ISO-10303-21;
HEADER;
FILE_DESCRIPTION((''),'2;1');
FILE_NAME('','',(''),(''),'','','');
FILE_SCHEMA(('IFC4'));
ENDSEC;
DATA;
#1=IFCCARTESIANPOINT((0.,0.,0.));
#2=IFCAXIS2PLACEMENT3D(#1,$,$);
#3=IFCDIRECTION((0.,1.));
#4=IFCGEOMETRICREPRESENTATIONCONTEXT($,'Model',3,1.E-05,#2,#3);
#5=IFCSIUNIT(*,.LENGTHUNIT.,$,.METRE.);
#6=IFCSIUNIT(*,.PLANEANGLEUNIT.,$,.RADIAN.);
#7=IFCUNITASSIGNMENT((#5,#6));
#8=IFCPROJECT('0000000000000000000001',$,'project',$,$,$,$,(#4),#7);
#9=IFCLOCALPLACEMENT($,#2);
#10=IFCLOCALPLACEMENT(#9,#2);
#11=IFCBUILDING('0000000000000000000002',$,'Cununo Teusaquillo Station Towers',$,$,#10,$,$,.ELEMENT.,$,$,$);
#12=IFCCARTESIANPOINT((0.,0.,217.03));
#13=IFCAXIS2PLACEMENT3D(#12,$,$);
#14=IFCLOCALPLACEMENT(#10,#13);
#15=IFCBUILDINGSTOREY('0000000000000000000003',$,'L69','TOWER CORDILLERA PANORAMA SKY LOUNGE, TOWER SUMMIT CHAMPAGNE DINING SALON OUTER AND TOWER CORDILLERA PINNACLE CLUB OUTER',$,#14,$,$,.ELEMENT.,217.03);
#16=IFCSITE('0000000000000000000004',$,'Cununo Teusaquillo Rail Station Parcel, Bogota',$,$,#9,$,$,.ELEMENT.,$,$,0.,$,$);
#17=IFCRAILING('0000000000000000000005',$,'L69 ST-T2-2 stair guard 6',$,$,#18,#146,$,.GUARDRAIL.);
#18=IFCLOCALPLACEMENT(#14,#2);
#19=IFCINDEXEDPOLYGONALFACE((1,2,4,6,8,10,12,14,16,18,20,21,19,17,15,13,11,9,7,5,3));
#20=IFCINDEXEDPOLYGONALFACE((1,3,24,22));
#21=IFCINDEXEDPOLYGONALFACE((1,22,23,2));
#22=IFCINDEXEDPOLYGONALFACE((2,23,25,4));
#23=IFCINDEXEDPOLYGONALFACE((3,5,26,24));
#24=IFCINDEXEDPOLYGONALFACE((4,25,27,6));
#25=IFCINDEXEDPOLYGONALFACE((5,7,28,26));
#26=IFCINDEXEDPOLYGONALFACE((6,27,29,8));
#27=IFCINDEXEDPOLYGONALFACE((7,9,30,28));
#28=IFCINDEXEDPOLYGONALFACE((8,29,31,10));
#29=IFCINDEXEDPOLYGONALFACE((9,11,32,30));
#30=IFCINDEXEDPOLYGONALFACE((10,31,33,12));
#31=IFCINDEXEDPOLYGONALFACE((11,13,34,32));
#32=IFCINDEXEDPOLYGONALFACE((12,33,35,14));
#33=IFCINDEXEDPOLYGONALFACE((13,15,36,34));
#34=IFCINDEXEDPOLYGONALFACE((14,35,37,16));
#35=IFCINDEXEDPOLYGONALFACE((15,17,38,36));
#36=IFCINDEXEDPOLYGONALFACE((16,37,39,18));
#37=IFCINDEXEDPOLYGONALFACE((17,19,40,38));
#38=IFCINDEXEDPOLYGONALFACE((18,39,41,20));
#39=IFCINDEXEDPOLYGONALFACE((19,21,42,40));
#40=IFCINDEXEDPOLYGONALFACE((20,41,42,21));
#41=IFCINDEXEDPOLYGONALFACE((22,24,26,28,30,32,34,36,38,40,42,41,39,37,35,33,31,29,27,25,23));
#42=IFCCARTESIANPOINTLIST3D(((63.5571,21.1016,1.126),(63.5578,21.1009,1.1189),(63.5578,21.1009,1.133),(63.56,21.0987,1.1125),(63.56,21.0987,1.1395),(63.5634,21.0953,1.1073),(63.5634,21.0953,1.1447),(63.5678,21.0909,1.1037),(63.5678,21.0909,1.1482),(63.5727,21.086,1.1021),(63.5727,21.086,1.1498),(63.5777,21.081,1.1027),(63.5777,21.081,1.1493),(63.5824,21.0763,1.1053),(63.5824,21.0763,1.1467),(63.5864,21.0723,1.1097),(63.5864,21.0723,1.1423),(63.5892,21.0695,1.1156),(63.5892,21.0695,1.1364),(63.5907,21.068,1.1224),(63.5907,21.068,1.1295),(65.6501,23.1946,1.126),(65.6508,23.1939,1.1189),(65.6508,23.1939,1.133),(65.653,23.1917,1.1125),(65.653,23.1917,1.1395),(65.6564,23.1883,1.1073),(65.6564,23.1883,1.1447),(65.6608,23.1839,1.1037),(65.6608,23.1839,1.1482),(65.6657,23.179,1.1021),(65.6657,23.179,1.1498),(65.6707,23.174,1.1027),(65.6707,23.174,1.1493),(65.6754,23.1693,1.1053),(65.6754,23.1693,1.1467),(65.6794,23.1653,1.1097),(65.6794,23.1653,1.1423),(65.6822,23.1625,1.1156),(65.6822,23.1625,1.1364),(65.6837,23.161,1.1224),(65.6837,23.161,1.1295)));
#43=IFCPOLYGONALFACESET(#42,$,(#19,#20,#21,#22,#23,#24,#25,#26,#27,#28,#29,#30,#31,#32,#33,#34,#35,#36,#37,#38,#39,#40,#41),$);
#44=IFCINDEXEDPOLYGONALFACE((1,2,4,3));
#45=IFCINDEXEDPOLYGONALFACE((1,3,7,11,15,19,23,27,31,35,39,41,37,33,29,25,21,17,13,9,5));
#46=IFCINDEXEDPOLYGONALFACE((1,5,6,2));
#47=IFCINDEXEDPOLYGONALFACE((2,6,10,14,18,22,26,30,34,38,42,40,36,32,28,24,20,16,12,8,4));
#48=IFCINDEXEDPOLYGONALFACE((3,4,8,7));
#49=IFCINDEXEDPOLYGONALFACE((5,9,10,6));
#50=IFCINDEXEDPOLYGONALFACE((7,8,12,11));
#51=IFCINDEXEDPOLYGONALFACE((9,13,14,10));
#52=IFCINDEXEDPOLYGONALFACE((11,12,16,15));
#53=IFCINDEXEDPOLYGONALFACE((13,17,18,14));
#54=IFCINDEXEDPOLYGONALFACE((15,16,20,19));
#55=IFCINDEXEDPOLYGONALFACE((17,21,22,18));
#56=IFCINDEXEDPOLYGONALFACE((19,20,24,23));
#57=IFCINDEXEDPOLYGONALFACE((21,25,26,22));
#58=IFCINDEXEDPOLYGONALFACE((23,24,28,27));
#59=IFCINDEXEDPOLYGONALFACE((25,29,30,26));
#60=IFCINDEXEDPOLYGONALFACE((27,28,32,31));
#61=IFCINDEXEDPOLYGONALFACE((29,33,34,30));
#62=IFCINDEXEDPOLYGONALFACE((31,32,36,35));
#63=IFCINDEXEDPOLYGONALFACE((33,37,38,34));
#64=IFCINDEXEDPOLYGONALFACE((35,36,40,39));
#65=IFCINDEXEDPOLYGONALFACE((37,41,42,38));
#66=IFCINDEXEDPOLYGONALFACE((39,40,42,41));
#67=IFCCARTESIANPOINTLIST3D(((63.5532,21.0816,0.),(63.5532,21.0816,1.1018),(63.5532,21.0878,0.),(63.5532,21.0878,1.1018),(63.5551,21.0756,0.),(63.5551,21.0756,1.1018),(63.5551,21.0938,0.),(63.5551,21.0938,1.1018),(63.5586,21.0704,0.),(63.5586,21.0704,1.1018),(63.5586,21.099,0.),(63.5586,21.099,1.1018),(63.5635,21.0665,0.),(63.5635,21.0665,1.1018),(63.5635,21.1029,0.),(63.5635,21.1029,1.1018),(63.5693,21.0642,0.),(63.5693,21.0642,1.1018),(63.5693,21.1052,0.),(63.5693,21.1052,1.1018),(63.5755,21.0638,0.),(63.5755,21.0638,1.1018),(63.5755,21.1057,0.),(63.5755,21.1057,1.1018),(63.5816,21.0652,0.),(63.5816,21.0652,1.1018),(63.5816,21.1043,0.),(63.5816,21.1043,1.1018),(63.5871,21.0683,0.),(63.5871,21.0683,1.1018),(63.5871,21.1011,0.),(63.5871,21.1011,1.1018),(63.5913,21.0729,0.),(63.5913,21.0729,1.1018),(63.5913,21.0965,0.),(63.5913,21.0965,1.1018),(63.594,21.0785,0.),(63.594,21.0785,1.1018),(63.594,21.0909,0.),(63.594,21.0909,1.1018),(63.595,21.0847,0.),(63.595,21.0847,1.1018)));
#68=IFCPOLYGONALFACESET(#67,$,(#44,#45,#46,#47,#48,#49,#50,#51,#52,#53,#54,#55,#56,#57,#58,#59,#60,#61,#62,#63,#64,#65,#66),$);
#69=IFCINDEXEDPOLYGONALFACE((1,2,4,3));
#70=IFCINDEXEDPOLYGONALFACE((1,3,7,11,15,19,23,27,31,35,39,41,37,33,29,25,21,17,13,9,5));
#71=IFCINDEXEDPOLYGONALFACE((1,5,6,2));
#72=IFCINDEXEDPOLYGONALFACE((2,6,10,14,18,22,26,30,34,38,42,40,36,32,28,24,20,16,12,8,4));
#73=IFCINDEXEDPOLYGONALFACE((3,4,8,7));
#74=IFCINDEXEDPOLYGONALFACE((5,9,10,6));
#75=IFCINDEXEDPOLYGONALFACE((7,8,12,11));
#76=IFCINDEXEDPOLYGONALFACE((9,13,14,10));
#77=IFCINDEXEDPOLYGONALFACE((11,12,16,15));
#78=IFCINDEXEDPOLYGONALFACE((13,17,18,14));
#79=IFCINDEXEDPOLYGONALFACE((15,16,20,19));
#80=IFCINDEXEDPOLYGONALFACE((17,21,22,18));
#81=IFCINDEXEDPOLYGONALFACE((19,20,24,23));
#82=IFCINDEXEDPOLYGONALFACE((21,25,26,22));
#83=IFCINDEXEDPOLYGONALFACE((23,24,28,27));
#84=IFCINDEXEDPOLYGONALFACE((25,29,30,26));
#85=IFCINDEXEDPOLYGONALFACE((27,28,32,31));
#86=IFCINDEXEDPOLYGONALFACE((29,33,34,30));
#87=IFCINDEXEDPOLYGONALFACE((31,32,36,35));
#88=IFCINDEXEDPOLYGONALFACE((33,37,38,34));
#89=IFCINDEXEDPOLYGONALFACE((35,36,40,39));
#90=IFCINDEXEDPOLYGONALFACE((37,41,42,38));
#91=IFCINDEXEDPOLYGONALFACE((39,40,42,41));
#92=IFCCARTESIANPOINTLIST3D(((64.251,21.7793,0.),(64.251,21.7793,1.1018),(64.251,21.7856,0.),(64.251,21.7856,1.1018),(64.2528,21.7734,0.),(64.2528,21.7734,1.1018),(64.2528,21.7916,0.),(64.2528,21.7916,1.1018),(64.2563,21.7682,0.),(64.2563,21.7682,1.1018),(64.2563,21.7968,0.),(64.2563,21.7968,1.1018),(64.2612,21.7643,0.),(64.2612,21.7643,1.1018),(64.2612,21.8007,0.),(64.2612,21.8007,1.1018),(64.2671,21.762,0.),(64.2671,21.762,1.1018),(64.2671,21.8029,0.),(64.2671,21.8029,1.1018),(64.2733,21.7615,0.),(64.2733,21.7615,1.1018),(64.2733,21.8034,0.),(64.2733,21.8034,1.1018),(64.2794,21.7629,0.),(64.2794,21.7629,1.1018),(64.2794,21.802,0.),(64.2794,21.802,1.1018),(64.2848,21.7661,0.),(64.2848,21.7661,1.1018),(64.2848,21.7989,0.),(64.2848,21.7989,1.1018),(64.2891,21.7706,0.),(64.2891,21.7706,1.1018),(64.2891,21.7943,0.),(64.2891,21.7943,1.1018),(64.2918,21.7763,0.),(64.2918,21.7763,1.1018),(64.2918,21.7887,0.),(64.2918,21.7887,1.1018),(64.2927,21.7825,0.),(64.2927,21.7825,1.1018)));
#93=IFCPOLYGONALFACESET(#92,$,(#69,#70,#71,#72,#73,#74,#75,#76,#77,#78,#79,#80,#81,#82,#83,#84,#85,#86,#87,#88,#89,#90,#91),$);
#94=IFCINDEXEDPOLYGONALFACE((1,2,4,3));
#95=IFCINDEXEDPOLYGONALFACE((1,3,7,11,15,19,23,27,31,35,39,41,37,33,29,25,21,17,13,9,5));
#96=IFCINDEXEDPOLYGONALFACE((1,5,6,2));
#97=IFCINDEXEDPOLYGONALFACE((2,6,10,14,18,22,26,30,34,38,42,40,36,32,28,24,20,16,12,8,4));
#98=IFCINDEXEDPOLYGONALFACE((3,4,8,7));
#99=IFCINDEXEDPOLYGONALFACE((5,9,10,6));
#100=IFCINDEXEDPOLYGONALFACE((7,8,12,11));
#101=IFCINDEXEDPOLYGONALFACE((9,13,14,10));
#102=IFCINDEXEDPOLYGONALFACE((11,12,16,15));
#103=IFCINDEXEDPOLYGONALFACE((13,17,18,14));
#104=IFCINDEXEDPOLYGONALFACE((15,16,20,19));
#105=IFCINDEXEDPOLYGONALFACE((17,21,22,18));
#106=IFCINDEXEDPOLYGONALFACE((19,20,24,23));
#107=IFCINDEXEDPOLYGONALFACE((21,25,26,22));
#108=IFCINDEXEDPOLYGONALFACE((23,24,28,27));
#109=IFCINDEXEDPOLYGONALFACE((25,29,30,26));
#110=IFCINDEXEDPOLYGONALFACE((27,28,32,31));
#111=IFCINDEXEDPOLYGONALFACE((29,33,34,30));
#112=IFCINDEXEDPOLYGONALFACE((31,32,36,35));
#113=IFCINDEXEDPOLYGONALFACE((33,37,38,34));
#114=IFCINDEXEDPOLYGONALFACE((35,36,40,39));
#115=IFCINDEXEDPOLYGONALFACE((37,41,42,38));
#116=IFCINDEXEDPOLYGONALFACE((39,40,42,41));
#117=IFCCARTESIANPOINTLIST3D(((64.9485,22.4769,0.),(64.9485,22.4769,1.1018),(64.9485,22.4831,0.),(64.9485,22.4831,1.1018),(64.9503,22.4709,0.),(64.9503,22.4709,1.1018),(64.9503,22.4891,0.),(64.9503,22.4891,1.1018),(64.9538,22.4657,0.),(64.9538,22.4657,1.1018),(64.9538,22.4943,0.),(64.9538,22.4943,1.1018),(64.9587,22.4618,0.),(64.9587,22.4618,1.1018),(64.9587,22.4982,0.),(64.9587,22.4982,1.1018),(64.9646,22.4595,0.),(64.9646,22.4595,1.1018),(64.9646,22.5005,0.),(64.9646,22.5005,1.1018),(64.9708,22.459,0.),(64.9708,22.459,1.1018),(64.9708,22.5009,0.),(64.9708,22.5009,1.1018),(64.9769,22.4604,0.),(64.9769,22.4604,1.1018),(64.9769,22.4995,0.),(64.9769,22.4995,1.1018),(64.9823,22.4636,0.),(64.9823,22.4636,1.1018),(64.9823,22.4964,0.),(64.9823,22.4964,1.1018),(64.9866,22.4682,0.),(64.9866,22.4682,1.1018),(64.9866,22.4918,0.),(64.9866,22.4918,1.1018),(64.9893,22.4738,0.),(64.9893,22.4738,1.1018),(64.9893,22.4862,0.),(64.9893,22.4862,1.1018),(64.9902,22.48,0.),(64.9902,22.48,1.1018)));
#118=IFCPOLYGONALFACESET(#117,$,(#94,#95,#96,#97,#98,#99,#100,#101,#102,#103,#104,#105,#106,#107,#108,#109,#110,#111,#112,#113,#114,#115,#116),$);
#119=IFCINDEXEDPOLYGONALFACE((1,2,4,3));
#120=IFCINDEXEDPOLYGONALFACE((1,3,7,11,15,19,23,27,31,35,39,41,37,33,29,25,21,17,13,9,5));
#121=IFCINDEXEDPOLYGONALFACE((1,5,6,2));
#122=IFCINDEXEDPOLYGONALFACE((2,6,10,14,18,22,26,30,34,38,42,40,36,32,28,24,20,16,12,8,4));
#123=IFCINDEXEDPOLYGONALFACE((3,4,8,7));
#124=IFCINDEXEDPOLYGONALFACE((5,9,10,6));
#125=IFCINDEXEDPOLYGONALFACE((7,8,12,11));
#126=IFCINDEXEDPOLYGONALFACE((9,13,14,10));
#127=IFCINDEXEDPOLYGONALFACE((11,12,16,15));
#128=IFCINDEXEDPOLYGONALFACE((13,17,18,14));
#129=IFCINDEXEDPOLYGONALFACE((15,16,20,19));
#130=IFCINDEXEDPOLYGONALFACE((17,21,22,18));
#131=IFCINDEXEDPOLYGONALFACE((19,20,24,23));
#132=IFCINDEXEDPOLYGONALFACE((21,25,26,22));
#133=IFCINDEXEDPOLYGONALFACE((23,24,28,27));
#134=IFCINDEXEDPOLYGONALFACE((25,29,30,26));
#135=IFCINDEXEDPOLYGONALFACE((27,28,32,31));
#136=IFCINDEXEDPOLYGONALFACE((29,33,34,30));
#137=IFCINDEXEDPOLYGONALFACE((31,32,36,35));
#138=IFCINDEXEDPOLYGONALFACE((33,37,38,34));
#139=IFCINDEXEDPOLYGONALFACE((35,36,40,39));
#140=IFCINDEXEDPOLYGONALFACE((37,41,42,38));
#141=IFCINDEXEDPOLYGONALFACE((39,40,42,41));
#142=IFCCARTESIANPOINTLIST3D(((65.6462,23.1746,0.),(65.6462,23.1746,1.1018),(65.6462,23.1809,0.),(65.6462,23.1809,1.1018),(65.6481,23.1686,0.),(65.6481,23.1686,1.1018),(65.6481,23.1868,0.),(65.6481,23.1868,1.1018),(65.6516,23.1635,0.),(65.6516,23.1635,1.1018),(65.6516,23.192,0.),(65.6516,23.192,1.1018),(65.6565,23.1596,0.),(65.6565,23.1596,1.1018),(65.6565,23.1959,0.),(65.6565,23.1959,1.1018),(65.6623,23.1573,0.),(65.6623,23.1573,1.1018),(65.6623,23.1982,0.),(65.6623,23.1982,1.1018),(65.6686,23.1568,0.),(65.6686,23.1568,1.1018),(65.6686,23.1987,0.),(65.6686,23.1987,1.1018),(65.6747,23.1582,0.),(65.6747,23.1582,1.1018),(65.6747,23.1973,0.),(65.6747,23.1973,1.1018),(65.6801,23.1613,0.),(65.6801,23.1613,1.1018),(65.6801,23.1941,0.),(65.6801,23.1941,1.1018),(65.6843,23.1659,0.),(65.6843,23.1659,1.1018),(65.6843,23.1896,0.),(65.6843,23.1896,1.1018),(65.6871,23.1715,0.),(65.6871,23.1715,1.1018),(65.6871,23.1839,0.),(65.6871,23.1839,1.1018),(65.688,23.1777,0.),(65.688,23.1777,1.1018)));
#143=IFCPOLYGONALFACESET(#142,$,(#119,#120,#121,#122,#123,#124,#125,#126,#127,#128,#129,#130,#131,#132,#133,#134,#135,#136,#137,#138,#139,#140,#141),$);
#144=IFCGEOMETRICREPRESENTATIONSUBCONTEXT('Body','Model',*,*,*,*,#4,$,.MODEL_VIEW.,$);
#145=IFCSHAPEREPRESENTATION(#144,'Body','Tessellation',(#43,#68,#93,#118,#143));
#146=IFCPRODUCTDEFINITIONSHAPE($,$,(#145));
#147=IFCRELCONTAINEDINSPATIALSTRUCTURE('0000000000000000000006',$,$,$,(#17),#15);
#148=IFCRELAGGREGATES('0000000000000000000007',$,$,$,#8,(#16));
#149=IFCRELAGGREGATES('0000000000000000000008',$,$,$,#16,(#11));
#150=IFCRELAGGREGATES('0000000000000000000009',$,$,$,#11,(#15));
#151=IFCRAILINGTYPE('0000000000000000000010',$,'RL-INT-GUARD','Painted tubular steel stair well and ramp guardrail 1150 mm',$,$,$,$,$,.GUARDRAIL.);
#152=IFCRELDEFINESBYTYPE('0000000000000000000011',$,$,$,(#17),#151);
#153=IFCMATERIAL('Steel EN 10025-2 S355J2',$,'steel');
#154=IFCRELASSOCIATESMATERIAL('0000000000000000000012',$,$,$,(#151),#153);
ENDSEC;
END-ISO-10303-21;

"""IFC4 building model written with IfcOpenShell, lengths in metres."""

from ifc_helpers import new_model, si_unit, direction, frame, origin, origin_2d, place, context, subcontext, project, spatial, circle, extrude, material, type_object, element, save


model = new_model("IFC4")

# Units and contexts
model_context = context("Model", 3, precision=1e-05, world=origin(), true_north=direction((0.0, 1.0)))
body_context = subcontext(model_context, "Body", "Model", "MODEL_VIEW")
ifc_project = project(units=[si_unit("LENGTHUNIT", "METRE"), si_unit("PLANEANGLEUNIT", "RADIAN")], contexts=[model_context])

# Site, building, storey
site_placement = place(None, origin())
site = spatial("IfcSite", under=ifc_project, at=site_placement, Name="Cununo Teusaquillo Rail Station Parcel, Bogota", CompositionType="ELEMENT", RefElevation=0.0)
building_placement = place(site_placement, origin())
building = spatial("IfcBuilding", under=site, at=building_placement, Name="Cununo Teusaquillo Station Towers", CompositionType="ELEMENT")
storey_placement = place(building_placement, frame((0.0, 0.0, 217.03)))
storey = spatial("IfcBuildingStorey", under=building, at=storey_placement, Name="L69", Description="TOWER CORDILLERA PANORAMA SKY LOUNGE, TOWER SUMMIT CHAMPAGNE DINING SALON OUTER AND TOWER CORDILLERA PINNACLE CLUB OUTER", CompositionType="ELEMENT", Elevation=217.03)

# Railing
ifc_material_1 = material(Name="Steel EN 10025-2 S355J2", Category="steel")
railing_type = type_object("IfcRailingType", Name="RL-INT-GUARD", Description="Painted tubular steel stair well and ramp guardrail 1150 mm", PredefinedType="GUARDRAIL", material=ifc_material_1)
railing_placement = place(storey_placement, frame((63.574, 21.0847, 0.0)))
element("IfcRailing", 1, at=railing_placement, inside=storey, type_object=railing_type, Name="L69 ST-T2-2 stair guard 6", PredefinedType="GUARDRAIL", context=body_context, shape_type="SweptSolid", body=[
    extrude(circle(Radius=0.0239, at=origin_2d()), frame((0.0, 0.0, 1.126), z_axis=(0.707107, 0.707107, 0.0), x_axis=(-0.707107, 0.707107, 0.0)), (0.0, 0.0, 1.0), 2.96),
    extrude(circle(Radius=0.021, at=origin_2d()), origin(), (0.0, 0.0, 1.0), 1.1018),
    extrude(circle(Radius=0.021, at=origin_2d()), frame((0.6978, 0.6978, 0.0)), (0.0, 0.0, 1.0), 1.1018),
    extrude(circle(Radius=0.021, at=origin_2d()), frame((1.3953, 1.3953, 0.0)), (0.0, 0.0, 1.0), 1.1018),
    extrude(circle(Radius=0.021, at=origin_2d()), frame((2.093, 2.093, 0.0)), (0.0, 0.0, 1.0), 1.1018),
])

save(model, "model.ifc")
